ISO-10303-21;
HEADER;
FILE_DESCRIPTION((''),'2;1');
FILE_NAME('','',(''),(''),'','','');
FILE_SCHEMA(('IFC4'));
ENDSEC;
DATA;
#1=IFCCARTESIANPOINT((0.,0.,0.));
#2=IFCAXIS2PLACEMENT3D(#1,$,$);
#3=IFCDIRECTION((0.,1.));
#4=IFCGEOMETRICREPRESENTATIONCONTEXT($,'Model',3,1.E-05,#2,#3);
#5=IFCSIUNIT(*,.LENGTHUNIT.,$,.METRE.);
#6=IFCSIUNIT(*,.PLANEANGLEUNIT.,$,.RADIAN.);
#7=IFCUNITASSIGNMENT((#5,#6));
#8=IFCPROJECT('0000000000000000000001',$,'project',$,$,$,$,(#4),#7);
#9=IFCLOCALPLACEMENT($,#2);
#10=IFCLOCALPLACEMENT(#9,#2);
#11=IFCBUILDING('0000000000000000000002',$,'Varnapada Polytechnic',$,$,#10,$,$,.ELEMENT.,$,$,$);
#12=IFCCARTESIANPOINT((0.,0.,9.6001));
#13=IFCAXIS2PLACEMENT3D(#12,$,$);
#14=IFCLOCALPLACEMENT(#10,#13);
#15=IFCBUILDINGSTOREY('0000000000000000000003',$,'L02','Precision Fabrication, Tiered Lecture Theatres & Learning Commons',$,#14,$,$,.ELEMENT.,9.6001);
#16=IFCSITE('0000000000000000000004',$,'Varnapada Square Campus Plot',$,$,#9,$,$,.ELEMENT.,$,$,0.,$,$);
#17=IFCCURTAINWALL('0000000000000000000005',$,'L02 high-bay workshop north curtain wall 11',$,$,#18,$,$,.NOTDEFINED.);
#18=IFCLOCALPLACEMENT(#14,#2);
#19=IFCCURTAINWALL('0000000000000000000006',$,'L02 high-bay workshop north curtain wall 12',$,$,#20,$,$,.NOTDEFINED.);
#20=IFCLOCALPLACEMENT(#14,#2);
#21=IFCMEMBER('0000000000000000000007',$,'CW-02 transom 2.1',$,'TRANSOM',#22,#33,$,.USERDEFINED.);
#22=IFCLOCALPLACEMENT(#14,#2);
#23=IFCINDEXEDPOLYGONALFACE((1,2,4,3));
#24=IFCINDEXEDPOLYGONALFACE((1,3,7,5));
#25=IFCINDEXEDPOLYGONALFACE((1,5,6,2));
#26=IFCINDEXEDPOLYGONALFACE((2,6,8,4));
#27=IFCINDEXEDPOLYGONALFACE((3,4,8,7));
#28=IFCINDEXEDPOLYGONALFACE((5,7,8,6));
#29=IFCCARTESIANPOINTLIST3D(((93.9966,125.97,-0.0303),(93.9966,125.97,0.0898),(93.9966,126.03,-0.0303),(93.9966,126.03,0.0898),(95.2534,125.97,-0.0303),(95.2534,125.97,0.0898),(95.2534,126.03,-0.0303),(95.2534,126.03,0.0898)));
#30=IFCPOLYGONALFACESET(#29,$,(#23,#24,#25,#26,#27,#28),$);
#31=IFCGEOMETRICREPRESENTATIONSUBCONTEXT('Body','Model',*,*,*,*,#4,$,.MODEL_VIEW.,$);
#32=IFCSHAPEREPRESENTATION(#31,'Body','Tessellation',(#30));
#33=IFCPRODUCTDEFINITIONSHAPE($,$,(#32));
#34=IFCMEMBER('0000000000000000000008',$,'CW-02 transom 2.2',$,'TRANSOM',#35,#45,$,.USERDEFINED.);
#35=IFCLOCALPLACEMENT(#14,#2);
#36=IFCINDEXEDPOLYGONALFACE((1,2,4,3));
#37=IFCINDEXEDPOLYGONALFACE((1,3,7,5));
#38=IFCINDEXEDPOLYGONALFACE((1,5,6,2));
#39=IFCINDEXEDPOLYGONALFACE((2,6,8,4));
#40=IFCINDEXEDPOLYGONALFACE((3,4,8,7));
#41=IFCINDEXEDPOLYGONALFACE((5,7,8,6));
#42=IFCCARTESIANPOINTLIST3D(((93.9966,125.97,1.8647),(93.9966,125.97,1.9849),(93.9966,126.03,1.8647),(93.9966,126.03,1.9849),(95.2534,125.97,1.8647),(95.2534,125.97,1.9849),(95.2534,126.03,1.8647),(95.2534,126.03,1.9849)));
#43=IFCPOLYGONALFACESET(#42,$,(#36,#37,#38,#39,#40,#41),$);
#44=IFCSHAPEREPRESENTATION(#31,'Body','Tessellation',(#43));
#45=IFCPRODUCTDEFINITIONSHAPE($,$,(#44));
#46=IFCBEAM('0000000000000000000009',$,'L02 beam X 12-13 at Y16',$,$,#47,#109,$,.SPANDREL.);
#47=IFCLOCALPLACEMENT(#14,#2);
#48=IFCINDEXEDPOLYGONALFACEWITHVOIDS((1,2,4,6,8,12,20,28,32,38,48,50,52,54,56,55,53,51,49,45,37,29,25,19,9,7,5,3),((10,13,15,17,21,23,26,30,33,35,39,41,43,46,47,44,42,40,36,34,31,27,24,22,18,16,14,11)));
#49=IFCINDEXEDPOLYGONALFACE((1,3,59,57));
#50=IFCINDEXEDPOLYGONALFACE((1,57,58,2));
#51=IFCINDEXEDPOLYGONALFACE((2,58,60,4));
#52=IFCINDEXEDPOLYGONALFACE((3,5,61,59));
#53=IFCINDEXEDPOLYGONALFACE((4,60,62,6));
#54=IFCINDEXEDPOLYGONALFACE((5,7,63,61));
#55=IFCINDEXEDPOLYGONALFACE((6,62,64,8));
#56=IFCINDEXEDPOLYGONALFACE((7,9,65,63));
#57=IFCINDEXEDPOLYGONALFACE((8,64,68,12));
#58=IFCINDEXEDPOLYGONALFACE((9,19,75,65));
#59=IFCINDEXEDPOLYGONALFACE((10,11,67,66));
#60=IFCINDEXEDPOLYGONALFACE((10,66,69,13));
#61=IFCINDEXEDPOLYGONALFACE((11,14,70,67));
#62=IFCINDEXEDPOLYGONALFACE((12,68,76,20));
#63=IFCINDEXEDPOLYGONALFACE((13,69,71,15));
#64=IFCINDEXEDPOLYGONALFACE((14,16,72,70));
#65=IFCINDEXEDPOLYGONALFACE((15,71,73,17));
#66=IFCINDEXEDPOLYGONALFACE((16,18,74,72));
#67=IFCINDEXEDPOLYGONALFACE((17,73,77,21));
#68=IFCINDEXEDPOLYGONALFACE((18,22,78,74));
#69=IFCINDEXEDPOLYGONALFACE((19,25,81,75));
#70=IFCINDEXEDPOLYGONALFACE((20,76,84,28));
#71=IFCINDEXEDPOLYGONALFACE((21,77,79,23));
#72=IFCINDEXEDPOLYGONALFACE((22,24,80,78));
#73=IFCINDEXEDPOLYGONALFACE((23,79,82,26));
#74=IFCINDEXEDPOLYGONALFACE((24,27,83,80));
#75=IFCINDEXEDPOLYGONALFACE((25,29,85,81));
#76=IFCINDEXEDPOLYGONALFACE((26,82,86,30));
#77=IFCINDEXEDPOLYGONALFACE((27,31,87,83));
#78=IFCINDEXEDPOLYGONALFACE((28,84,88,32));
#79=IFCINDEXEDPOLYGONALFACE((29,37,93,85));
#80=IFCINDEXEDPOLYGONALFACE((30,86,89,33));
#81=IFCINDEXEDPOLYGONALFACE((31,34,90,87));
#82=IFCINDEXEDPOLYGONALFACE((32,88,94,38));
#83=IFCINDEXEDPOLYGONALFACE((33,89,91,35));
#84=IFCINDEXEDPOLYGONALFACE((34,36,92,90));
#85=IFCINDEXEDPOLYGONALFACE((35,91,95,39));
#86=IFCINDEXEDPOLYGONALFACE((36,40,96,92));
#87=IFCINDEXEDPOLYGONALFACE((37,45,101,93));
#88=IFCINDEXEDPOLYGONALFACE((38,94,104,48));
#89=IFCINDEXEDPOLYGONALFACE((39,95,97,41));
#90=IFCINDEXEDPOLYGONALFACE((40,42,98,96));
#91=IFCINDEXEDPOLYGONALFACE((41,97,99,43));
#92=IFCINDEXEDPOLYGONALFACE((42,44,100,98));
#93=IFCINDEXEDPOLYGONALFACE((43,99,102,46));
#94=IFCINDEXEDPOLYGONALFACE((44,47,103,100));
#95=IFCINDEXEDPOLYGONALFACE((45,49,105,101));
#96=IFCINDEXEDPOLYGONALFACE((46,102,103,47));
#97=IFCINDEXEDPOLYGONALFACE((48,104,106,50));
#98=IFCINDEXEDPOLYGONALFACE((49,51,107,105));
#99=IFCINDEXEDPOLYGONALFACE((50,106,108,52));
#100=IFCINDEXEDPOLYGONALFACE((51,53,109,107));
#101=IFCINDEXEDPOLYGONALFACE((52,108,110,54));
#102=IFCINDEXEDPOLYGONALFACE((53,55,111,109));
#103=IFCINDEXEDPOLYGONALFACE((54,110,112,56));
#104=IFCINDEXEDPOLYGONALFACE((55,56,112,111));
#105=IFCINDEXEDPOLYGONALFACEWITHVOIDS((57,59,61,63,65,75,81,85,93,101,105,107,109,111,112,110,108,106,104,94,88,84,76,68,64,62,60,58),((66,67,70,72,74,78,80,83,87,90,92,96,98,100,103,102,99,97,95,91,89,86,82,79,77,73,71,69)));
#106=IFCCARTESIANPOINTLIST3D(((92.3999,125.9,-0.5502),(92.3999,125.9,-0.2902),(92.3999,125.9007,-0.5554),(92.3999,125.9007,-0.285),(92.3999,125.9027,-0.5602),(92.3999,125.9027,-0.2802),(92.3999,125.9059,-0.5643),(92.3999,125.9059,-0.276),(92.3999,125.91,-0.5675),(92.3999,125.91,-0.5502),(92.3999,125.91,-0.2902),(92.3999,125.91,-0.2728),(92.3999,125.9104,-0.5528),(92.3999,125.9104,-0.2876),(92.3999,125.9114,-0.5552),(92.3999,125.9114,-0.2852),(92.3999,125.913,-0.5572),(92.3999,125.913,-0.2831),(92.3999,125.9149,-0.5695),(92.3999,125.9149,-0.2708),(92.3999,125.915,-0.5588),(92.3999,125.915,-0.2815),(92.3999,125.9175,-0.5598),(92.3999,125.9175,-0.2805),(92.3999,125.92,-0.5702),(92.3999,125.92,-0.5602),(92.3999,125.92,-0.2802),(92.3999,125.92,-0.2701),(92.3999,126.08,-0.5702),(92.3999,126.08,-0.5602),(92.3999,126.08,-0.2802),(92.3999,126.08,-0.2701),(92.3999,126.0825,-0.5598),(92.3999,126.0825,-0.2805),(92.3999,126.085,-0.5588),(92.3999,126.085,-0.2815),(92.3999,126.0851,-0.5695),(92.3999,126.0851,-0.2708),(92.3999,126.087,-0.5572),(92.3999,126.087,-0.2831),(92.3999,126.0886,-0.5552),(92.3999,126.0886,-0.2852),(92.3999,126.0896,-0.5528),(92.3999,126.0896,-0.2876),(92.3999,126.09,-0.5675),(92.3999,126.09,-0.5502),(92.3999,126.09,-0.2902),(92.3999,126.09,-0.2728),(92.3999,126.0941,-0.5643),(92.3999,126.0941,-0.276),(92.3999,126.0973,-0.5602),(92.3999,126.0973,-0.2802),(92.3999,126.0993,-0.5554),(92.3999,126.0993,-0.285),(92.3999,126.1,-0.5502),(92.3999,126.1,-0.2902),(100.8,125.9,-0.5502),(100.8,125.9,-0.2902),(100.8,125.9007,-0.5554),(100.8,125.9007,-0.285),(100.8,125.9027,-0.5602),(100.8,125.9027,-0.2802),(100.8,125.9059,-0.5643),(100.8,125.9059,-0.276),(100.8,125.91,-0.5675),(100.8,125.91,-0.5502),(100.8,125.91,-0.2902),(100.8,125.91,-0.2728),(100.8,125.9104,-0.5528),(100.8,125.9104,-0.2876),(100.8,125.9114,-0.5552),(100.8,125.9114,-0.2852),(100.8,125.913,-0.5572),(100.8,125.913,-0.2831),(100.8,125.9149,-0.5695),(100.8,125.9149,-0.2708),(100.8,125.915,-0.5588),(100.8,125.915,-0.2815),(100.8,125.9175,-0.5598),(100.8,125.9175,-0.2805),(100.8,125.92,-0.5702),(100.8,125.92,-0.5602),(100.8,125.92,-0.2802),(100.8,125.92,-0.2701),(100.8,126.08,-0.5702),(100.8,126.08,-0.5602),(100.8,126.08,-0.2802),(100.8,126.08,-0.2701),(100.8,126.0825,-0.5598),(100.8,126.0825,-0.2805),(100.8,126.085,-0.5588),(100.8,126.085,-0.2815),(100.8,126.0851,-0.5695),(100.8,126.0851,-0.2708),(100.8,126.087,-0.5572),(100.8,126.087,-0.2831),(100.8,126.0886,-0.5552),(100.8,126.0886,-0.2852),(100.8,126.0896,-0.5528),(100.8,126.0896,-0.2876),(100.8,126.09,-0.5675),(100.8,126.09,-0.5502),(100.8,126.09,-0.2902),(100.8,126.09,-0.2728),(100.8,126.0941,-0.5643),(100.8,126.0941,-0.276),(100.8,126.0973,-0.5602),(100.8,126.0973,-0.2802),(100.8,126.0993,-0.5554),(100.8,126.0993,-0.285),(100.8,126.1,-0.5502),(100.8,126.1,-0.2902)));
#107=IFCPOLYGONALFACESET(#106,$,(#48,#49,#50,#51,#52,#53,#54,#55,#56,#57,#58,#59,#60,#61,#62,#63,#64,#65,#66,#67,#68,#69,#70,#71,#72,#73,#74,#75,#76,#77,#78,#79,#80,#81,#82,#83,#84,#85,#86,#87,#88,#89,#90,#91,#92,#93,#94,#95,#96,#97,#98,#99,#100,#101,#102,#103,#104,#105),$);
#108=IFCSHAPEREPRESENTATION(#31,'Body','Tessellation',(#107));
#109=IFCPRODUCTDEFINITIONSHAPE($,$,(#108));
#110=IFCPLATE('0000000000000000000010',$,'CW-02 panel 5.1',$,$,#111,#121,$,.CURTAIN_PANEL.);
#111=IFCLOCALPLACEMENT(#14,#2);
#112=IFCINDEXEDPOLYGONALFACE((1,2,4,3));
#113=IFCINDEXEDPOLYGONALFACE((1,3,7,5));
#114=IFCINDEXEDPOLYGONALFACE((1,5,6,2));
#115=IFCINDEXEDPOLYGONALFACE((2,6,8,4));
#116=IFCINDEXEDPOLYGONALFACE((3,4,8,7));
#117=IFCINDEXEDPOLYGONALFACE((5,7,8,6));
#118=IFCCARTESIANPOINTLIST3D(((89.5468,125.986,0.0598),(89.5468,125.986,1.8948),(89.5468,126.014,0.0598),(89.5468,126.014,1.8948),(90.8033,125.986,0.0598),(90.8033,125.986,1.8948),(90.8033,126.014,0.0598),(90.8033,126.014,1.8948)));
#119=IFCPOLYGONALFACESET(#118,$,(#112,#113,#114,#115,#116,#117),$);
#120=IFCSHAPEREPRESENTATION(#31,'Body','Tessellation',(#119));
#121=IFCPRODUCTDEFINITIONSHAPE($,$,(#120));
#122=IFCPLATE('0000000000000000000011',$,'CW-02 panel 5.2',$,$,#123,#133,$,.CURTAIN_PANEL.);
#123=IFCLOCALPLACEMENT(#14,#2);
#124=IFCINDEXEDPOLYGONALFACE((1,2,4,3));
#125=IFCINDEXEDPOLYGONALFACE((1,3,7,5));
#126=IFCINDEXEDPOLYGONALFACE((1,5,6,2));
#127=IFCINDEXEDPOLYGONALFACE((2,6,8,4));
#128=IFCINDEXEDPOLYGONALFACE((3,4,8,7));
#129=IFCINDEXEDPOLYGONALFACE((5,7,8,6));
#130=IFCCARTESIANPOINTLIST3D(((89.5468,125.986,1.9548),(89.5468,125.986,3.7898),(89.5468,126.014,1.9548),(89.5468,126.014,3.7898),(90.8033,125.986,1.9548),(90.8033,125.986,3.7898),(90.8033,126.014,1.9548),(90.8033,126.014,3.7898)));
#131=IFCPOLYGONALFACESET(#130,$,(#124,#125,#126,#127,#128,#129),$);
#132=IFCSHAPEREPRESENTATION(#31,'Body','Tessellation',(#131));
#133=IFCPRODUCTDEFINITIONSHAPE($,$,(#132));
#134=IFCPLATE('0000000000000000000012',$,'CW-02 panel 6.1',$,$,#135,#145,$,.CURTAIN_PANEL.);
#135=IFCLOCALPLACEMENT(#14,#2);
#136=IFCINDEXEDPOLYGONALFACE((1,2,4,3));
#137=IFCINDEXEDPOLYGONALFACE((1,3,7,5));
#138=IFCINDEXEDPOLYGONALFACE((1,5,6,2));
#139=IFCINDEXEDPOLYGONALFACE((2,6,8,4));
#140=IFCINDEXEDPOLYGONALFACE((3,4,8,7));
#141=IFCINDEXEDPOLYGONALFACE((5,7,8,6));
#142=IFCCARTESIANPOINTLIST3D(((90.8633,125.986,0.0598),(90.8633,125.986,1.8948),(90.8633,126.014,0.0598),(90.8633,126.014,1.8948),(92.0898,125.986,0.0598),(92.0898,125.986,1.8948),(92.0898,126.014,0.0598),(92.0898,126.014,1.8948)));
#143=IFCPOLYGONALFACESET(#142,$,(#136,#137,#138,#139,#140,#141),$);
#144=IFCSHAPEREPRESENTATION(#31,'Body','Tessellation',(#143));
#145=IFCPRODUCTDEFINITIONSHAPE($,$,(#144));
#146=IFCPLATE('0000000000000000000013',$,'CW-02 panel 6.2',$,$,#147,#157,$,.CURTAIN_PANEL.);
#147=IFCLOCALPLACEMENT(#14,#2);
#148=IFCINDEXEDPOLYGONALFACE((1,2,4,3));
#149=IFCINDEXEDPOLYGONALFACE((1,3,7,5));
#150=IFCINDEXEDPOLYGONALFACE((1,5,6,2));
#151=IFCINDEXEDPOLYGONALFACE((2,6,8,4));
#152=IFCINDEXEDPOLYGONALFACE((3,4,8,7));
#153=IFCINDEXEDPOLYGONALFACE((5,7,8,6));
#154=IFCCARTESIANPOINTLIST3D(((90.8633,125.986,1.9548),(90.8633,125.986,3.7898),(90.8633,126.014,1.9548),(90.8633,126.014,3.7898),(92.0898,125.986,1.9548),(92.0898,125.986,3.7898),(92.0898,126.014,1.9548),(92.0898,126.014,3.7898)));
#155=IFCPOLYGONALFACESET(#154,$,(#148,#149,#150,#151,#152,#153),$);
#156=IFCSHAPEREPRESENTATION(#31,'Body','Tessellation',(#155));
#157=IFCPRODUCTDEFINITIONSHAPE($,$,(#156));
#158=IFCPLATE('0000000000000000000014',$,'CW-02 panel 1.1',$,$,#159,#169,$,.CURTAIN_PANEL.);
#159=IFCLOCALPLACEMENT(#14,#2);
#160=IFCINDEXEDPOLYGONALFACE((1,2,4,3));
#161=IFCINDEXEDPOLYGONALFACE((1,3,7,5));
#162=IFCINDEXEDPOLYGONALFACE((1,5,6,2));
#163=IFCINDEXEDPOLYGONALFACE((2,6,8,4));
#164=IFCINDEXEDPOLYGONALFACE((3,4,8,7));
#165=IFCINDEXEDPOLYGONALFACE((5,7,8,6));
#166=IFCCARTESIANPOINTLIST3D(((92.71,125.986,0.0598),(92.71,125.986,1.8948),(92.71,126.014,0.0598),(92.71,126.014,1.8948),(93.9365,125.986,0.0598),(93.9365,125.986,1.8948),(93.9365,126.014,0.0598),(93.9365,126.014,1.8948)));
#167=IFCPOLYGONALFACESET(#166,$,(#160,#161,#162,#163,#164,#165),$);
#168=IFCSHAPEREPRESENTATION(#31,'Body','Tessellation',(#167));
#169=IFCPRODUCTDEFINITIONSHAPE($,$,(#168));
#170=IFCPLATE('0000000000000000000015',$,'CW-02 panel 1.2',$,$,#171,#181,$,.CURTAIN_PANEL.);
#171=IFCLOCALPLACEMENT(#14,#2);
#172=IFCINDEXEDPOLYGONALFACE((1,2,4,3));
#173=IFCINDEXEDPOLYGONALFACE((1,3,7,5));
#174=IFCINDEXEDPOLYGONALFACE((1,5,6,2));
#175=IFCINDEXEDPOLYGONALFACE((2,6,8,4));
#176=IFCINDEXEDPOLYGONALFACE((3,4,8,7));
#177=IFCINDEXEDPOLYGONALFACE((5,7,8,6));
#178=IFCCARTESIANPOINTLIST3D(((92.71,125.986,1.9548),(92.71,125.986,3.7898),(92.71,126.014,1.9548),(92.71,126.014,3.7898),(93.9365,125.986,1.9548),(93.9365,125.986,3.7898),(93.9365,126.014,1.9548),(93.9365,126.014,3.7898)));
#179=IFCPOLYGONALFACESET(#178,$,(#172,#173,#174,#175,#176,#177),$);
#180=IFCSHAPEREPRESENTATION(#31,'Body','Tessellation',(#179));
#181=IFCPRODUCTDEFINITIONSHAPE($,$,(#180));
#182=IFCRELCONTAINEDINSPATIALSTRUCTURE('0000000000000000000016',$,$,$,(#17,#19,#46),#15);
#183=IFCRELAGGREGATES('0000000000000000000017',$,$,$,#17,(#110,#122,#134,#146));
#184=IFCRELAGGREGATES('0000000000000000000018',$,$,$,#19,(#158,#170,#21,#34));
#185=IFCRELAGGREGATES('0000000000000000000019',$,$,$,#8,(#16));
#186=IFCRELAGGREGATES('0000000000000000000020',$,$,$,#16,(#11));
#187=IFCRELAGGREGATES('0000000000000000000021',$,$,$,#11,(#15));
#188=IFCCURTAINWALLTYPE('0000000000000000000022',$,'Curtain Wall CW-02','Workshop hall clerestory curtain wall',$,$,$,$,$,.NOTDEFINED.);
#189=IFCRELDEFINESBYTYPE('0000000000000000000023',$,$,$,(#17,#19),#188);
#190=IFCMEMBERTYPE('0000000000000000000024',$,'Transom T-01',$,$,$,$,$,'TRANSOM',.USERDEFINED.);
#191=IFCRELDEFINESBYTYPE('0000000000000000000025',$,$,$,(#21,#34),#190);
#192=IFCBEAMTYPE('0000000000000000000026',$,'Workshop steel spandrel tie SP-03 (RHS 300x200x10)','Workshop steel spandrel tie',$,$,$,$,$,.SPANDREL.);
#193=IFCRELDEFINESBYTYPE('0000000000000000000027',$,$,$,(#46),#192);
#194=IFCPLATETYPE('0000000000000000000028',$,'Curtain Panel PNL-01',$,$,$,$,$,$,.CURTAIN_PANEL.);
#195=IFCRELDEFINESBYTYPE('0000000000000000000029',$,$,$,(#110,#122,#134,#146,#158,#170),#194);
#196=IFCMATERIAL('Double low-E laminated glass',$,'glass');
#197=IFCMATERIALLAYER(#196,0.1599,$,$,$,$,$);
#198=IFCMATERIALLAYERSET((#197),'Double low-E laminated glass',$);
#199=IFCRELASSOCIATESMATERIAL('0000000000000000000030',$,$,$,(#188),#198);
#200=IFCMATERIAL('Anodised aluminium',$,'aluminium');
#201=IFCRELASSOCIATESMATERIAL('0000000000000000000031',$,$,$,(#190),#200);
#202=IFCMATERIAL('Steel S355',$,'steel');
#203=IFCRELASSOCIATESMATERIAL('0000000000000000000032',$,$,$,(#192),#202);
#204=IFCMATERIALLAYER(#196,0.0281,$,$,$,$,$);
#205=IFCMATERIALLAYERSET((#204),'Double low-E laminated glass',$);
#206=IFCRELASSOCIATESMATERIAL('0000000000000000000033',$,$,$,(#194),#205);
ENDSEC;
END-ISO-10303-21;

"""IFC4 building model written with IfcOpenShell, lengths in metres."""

from ifc_helpers import new_model, si_unit, direction, frame, origin, origin_2d, place, context, subcontext, project, spatial, rectangle, hollow_rectangle, extrude, material, layer, layer_set, material_profile, profile_set, type_object, element, aggregate, save


model = new_model("IFC4")

# Units and contexts
model_context = context("Model", 3, precision=1e-05, world=origin(), true_north=direction((0.0, 1.0)))
body_context = subcontext(model_context, "Body", "Model", "MODEL_VIEW")
ifc_project = project(units=[si_unit("LENGTHUNIT", "METRE"), si_unit("PLANEANGLEUNIT", "RADIAN")], contexts=[model_context])

# Site, building, storey
site_placement = place(None, origin())
site = spatial("IfcSite", under=ifc_project, at=site_placement, Name="Varnapada Square Campus Plot", CompositionType="ELEMENT", RefElevation=0.0)
building_placement = place(site_placement, origin())
building = spatial("IfcBuilding", under=site, at=building_placement, Name="Varnapada Polytechnic", CompositionType="ELEMENT")
storey_placement = place(building_placement, frame((0.0, 0.0, 9.6001)))
storey = spatial("IfcBuildingStorey", under=building, at=storey_placement, Name="L02", Description="Precision Fabrication, Tiered Lecture Theatres & Learning Commons", CompositionType="ELEMENT", Elevation=9.6001)

# Shared definitions
ifc_material_1 = material(Name="Steel S355", Category="steel")

# Curtain walls
ifc_material_2 = material(Name="Double low-E laminated glass", Category="glass")
ifc_layer_1 = layer(ifc_material_2, 0.1599)
ifc_layer_set_1 = layer_set([ifc_layer_1], Name="Double low-E laminated glass")
curtain_wall_type = type_object("IfcCurtainWallType", Name="Curtain Wall CW-02", Description="Workshop hall clerestory curtain wall", PredefinedType="NOTDEFINED", material=ifc_layer_set_1)
curtain_wall_1_placement = place(storey_placement, origin())
curtain_wall_1 = element("IfcCurtainWall", 1, at=curtain_wall_1_placement, inside=storey, type_object=curtain_wall_type, Name="L02 high-bay workshop north curtain wall 11", PredefinedType="NOTDEFINED")
ifc_material_3 = material(Name="Anodised aluminium", Category="aluminium")
curtain_wall_2_placement = place(storey_placement, origin())
curtain_wall_2 = element("IfcCurtainWall", 2, at=curtain_wall_2_placement, inside=storey, type_object=curtain_wall_type, Name="L02 high-bay workshop north curtain wall 12", PredefinedType="NOTDEFINED")

# Members
ifc_material_profile_1 = material_profile(ifc_material_3, rectangle(XDim=0.0601, YDim=0.1201, at=origin_2d()), Name="ALU T60x120")
ifc_profile_set_1 = profile_set([ifc_material_profile_1], Name="Anodised aluminium")
member_type_1 = type_object("IfcMemberType", Name="Transom T-01", ElementType="TRANSOM", PredefinedType="USERDEFINED", material=ifc_profile_set_1)
member_1_placement = place(storey_placement, frame((93.9966, 126.0, 0.0298), z_axis=(1.0, 0.0, 0.0), x_axis=(0.0, 1.0, 0.0)))
member_1 = element("IfcMember", 3, at=member_1_placement, type_object=member_type_1, Name="CW-02 transom 2.1", ObjectType="TRANSOM", PredefinedType="USERDEFINED", context=body_context, shape_type="SweptSolid", body=[
    extrude(rectangle(XDim=0.0601, YDim=0.1201, at=origin_2d()), origin(), (0.0, 0.0, 1.0), 1.2568),
])
member_2_placement = place(storey_placement, frame((93.9966, 126.0, 1.9248), z_axis=(1.0, 0.0, 0.0), x_axis=(0.0, 1.0, 0.0)))
member_2 = element("IfcMember", 4, at=member_2_placement, type_object=member_type_1, Name="CW-02 transom 2.2", ObjectType="TRANSOM", PredefinedType="USERDEFINED", context=body_context, shape_type="SweptSolid", body=[
    extrude(rectangle(XDim=0.0601, YDim=0.1201, at=origin_2d()), origin(), (0.0, 0.0, 1.0), 1.2568),
])

# Beam
ifc_material_profile_2 = material_profile(ifc_material_1, hollow_rectangle(XDim=0.2, YDim=0.3, WallThickness=0.01, InnerFilletRadius=0.01, OuterFilletRadius=0.02, at=origin_2d()), Name="RHS 300x200x10")
ifc_profile_set_2 = profile_set([ifc_material_profile_2], Name="Steel S355")
beam_type = type_object("IfcBeamType", Name="Workshop steel spandrel tie SP-03 (RHS 300x200x10)", Description="Workshop steel spandrel tie", PredefinedType="SPANDREL", material=ifc_profile_set_2)
beam_placement = place(storey_placement, frame((92.3999, 126.0, -0.4202), z_axis=(1.0, 0.0, 0.0), x_axis=(0.0, 1.0, 0.0)))
element("IfcBeam", 5, at=beam_placement, inside=storey, type_object=beam_type, Name="L02 beam X 12-13 at Y16", PredefinedType="SPANDREL", context=body_context, shape_type="SweptSolid", body=[
    extrude(hollow_rectangle(XDim=0.2, YDim=0.3, WallThickness=0.01, InnerFilletRadius=0.01, OuterFilletRadius=0.02, at=origin_2d()), origin(), (0.0, 0.0, 1.0), 8.4001),
])

# Plates
ifc_layer_2 = layer(ifc_material_2, 0.0281)
ifc_layer_set_2 = layer_set([ifc_layer_2], Name="Double low-E laminated glass")
plate_type = type_object("IfcPlateType", Name="Curtain Panel PNL-01", PredefinedType="CURTAIN_PANEL", material=ifc_layer_set_2)
plate_1_placement = place(storey_placement, frame((90.175, 126.0, 0.0598), z_axis=(0.0, 0.0, 1.0), x_axis=(1.0, 0.0, 0.0)))
plate_1 = element("IfcPlate", 6, at=plate_1_placement, type_object=plate_type, Name="CW-02 panel 5.1", PredefinedType="CURTAIN_PANEL", context=body_context, shape_type="SweptSolid", body=[
    extrude(rectangle(XDim=1.2566, YDim=0.0281, at=origin_2d()), origin(), (0.0, 0.0, 1.0), 1.835),
])
plate_2_placement = place(storey_placement, frame((90.175, 126.0, 1.9548), z_axis=(0.0, 0.0, 1.0), x_axis=(1.0, 0.0, 0.0)))
plate_2 = element("IfcPlate", 7, at=plate_2_placement, type_object=plate_type, Name="CW-02 panel 5.2", PredefinedType="CURTAIN_PANEL", context=body_context, shape_type="SweptSolid", body=[
    extrude(rectangle(XDim=1.2566, YDim=0.0281, at=origin_2d()), origin(), (0.0, 0.0, 1.0), 1.835),
])
plate_3_placement = place(storey_placement, frame((91.4766, 126.0, 0.0598), z_axis=(0.0, 0.0, 1.0), x_axis=(1.0, 0.0, 0.0)))
plate_3 = element("IfcPlate", 8, at=plate_3_placement, type_object=plate_type, Name="CW-02 panel 6.1", PredefinedType="CURTAIN_PANEL", context=body_context, shape_type="SweptSolid", body=[
    extrude(rectangle(XDim=1.2266, YDim=0.0281, at=origin_2d()), origin(), (0.0, 0.0, 1.0), 1.835),
])
plate_4_placement = place(storey_placement, frame((91.4766, 126.0, 1.9548), z_axis=(0.0, 0.0, 1.0), x_axis=(1.0, 0.0, 0.0)))
plate_4 = element("IfcPlate", 9, at=plate_4_placement, type_object=plate_type, Name="CW-02 panel 6.2", PredefinedType="CURTAIN_PANEL", context=body_context, shape_type="SweptSolid", body=[
    extrude(rectangle(XDim=1.2266, YDim=0.0281, at=origin_2d()), origin(), (0.0, 0.0, 1.0), 1.835),
])
aggregate(curtain_wall_1, [plate_1, plate_2, plate_3, plate_4])
plate_5_placement = place(storey_placement, frame((93.3232, 126.0, 0.0598), z_axis=(0.0, 0.0, 1.0), x_axis=(1.0, 0.0, 0.0)))
plate_5 = element("IfcPlate", 10, at=plate_5_placement, type_object=plate_type, Name="CW-02 panel 1.1", PredefinedType="CURTAIN_PANEL", context=body_context, shape_type="SweptSolid", body=[
    extrude(rectangle(XDim=1.2266, YDim=0.0281, at=origin_2d()), origin(), (0.0, 0.0, 1.0), 1.835),
])
plate_6_placement = place(storey_placement, frame((93.3232, 126.0, 1.9548), z_axis=(0.0, 0.0, 1.0), x_axis=(1.0, 0.0, 0.0)))
plate_6 = element("IfcPlate", 11, at=plate_6_placement, type_object=plate_type, Name="CW-02 panel 1.2", PredefinedType="CURTAIN_PANEL", context=body_context, shape_type="SweptSolid", body=[
    extrude(rectangle(XDim=1.2266, YDim=0.0281, at=origin_2d()), origin(), (0.0, 0.0, 1.0), 1.835),
])
aggregate(curtain_wall_2, [plate_5, plate_6, member_1, member_2])

save(model, "model.ifc")
